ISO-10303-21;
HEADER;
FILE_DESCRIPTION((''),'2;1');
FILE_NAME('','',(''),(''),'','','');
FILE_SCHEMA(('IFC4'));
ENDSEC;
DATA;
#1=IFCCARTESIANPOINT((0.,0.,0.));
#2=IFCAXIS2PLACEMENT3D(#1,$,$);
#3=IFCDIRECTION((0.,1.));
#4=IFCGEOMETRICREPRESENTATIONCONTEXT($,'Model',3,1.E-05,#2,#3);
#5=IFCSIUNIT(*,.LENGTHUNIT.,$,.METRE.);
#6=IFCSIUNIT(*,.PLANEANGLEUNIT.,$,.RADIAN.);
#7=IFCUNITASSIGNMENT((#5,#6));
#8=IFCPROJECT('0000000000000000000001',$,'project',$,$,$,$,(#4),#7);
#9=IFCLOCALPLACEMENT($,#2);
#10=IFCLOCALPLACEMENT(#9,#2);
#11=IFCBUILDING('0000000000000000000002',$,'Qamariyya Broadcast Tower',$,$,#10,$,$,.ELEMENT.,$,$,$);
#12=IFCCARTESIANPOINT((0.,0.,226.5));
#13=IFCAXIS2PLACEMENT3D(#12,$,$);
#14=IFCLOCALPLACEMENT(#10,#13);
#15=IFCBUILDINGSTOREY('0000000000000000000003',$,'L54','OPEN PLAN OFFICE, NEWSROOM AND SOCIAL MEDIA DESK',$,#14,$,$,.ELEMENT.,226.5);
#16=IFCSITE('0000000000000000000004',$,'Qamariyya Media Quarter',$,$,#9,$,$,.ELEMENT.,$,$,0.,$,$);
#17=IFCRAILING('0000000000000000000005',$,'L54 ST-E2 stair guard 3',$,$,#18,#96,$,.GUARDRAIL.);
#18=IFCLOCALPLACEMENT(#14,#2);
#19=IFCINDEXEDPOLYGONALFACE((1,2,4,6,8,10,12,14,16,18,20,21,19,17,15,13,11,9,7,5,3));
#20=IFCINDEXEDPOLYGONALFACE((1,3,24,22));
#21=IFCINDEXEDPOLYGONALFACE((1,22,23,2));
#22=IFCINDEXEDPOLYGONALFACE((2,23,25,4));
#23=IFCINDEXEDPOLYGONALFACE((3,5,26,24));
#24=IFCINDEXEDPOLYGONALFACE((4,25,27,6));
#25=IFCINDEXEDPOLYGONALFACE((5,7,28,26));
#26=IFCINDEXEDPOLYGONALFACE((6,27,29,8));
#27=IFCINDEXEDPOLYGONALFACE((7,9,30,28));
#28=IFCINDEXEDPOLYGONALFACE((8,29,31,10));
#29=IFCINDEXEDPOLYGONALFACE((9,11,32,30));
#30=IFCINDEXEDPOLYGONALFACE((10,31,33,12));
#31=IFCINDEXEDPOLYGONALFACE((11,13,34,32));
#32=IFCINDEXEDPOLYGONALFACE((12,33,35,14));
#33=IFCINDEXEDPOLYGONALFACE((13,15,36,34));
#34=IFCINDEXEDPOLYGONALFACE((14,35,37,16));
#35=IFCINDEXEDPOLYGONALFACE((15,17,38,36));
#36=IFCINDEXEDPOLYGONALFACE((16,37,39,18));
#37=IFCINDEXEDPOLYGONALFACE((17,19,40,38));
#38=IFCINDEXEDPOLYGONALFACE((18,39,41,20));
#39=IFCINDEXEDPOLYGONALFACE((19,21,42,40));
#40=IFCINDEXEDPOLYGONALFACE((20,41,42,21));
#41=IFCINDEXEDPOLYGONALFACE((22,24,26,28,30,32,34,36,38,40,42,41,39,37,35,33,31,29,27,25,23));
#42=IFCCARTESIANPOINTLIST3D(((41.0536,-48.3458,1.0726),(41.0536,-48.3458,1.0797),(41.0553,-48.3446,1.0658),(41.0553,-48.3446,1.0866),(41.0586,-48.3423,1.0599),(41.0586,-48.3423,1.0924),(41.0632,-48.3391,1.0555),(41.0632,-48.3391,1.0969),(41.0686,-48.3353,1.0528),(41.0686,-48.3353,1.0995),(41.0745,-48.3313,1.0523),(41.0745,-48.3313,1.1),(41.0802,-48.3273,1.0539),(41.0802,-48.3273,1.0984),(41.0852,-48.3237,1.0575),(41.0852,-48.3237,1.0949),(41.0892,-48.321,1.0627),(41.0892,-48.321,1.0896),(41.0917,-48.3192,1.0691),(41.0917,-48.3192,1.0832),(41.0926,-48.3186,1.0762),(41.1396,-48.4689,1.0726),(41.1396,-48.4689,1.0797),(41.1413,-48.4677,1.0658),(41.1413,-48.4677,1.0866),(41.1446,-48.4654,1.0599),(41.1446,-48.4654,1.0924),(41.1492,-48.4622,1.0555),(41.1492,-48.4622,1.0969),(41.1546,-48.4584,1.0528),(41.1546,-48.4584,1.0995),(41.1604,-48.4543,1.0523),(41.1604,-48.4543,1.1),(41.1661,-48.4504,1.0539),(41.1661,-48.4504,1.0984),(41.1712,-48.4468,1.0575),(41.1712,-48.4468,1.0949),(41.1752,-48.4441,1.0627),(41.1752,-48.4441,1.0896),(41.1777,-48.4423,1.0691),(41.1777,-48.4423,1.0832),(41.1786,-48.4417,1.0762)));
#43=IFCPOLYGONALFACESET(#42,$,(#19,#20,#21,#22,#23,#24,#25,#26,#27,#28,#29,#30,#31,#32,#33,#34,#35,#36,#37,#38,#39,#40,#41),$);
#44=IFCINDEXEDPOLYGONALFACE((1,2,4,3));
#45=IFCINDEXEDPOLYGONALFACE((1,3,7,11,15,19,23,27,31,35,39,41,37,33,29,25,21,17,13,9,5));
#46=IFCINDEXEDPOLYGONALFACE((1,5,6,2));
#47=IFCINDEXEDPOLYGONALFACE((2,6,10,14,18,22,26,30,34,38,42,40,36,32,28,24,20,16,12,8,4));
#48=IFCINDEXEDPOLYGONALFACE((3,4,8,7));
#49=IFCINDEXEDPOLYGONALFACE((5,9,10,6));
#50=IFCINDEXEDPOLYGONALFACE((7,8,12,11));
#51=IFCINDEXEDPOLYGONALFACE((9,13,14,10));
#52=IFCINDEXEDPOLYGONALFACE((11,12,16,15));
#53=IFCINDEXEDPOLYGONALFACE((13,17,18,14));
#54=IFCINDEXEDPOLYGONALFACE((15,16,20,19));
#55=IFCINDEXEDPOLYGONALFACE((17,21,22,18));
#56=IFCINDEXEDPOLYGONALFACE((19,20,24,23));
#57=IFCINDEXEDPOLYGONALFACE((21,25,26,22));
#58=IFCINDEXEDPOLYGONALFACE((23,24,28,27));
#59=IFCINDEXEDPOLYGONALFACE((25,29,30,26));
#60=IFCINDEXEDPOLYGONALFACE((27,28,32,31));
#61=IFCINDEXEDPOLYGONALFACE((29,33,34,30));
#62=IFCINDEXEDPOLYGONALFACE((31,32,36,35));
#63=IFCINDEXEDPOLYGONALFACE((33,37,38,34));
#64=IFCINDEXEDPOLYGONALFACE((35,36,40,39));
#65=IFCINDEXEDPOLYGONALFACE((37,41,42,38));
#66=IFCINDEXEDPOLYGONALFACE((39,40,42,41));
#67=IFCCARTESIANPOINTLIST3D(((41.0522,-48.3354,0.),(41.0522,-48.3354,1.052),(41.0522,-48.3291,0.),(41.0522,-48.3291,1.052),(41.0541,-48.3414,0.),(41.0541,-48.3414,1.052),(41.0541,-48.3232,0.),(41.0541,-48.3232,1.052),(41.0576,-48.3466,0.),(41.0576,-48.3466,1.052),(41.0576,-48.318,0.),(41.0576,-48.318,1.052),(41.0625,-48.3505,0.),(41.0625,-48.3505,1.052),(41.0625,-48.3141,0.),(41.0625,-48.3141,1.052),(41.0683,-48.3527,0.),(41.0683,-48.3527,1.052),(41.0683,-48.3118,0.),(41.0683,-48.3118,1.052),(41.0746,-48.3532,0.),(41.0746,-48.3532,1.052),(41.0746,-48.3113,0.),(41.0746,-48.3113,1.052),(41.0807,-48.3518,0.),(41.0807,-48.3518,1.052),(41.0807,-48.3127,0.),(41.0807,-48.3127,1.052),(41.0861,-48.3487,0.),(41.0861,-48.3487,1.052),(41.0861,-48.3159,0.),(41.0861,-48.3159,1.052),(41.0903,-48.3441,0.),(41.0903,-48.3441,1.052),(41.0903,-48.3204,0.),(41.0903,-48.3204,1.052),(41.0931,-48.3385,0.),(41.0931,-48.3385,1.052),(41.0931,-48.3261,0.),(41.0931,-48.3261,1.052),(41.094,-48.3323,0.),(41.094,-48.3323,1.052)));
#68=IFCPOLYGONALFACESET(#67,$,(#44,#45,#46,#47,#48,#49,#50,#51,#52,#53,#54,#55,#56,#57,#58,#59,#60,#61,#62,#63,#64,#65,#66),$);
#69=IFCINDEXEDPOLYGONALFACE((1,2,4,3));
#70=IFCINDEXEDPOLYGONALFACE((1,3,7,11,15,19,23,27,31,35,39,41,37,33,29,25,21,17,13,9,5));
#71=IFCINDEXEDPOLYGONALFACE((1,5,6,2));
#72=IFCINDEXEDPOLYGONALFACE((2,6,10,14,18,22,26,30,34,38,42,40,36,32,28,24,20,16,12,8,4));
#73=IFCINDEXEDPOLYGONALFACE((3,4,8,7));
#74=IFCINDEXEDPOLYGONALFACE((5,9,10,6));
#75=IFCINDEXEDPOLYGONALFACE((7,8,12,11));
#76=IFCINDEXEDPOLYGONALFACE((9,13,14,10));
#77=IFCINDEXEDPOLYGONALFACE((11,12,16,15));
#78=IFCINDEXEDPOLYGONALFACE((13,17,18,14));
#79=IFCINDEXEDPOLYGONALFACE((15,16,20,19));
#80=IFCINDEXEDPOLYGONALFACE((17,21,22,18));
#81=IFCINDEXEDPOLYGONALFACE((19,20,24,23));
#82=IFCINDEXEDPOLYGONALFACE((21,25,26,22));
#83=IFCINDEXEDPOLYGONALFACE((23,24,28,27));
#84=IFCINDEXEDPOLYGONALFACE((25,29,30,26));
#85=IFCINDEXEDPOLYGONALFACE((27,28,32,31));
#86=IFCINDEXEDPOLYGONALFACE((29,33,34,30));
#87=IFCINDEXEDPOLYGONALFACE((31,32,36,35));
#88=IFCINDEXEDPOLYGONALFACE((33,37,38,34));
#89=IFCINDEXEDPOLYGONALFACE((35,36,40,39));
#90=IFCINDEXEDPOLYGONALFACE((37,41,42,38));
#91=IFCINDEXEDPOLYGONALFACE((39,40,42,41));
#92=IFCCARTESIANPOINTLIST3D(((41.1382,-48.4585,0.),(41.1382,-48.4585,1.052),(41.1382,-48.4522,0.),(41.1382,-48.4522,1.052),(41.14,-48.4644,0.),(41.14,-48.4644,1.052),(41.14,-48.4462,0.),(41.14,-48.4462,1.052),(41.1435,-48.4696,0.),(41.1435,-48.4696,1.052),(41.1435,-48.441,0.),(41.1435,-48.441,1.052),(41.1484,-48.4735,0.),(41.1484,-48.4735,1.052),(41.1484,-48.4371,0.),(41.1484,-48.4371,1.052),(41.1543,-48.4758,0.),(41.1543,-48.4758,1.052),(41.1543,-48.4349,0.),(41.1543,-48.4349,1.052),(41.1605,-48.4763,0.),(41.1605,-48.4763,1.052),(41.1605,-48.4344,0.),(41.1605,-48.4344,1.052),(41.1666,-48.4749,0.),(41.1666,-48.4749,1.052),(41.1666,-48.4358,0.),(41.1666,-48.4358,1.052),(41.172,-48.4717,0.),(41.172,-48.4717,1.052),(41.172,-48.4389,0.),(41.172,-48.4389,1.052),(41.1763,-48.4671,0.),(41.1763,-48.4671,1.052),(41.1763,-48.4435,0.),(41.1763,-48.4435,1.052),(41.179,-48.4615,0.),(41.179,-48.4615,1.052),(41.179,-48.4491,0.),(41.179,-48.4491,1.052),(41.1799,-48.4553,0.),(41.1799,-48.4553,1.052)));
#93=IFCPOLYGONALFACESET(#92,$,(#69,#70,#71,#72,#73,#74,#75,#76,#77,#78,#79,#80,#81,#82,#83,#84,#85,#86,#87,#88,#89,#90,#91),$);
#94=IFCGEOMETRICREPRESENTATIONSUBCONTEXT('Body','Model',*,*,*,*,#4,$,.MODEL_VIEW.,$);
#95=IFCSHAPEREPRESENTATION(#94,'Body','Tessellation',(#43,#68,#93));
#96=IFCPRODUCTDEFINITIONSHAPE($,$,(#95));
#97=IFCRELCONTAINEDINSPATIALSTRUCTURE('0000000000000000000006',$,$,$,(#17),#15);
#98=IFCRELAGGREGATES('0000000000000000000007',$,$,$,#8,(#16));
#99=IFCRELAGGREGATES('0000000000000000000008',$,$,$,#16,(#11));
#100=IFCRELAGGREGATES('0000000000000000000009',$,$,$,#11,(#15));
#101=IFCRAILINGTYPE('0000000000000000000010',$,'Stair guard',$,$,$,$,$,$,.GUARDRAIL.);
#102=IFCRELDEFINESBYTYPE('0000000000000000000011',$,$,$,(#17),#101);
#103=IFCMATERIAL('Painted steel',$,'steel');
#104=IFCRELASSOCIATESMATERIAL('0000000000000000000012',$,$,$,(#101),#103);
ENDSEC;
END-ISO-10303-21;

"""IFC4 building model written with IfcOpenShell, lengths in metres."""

from ifc_helpers import new_model, si_unit, direction, frame, origin, origin_2d, place, context, subcontext, project, spatial, circle, extrude, material, type_object, element, save


model = new_model("IFC4")

# Units and contexts
model_context = context("Model", 3, precision=1e-05, world=origin(), true_north=direction((0.0, 1.0)))
body_context = subcontext(model_context, "Body", "Model", "MODEL_VIEW")
ifc_project = project(units=[si_unit("LENGTHUNIT", "METRE"), si_unit("PLANEANGLEUNIT", "RADIAN")], contexts=[model_context])

# Site, building, storey
site_placement = place(None, origin())
site = spatial("IfcSite", under=ifc_project, at=site_placement, Name="Qamariyya Media Quarter", CompositionType="ELEMENT", RefElevation=0.0)
building_placement = place(site_placement, origin())
building = spatial("IfcBuilding", under=site, at=building_placement, Name="Qamariyya Broadcast Tower", CompositionType="ELEMENT")
storey_placement = place(building_placement, frame((0.0, 0.0, 226.5)))
storey = spatial("IfcBuildingStorey", under=building, at=storey_placement, Name="L54", Description="OPEN PLAN OFFICE, NEWSROOM AND SOCIAL MEDIA DESK", CompositionType="ELEMENT", Elevation=226.5)

# Railing
ifc_material_1 = material(Name="Painted steel", Category="steel")
railing_type_1 = type_object("IfcRailingType", Name="Stair guard", PredefinedType="GUARDRAIL", material=ifc_material_1)
railing_1_placement = place(storey_placement, frame((41.073, -48.3323, 0.0)))
element("IfcRailing", 1, at=railing_1_placement, inside=storey, type_object=railing_type_1, Name="L54 ST-E2 stair guard 3", PredefinedType="GUARDRAIL", context=body_context, shape_type="SweptSolid", body=[
    extrude(circle(Radius=0.0239, at=origin_2d()), frame((0.0, 0.0, 1.0762), z_axis=(0.572589, -0.819843, 0.0), x_axis=(0.819843, 0.572589, 0.0)), (0.0, 0.0, 1.0), 0.1501),
    extrude(circle(Radius=0.021, at=origin_2d()), origin(), (0.0, 0.0, 1.0), 1.052),
    extrude(circle(Radius=0.021, at=origin_2d()), frame((0.0859, -0.123, 0.0)), (0.0, 0.0, 1.0), 1.052),
])

save(model, "model.ifc")
